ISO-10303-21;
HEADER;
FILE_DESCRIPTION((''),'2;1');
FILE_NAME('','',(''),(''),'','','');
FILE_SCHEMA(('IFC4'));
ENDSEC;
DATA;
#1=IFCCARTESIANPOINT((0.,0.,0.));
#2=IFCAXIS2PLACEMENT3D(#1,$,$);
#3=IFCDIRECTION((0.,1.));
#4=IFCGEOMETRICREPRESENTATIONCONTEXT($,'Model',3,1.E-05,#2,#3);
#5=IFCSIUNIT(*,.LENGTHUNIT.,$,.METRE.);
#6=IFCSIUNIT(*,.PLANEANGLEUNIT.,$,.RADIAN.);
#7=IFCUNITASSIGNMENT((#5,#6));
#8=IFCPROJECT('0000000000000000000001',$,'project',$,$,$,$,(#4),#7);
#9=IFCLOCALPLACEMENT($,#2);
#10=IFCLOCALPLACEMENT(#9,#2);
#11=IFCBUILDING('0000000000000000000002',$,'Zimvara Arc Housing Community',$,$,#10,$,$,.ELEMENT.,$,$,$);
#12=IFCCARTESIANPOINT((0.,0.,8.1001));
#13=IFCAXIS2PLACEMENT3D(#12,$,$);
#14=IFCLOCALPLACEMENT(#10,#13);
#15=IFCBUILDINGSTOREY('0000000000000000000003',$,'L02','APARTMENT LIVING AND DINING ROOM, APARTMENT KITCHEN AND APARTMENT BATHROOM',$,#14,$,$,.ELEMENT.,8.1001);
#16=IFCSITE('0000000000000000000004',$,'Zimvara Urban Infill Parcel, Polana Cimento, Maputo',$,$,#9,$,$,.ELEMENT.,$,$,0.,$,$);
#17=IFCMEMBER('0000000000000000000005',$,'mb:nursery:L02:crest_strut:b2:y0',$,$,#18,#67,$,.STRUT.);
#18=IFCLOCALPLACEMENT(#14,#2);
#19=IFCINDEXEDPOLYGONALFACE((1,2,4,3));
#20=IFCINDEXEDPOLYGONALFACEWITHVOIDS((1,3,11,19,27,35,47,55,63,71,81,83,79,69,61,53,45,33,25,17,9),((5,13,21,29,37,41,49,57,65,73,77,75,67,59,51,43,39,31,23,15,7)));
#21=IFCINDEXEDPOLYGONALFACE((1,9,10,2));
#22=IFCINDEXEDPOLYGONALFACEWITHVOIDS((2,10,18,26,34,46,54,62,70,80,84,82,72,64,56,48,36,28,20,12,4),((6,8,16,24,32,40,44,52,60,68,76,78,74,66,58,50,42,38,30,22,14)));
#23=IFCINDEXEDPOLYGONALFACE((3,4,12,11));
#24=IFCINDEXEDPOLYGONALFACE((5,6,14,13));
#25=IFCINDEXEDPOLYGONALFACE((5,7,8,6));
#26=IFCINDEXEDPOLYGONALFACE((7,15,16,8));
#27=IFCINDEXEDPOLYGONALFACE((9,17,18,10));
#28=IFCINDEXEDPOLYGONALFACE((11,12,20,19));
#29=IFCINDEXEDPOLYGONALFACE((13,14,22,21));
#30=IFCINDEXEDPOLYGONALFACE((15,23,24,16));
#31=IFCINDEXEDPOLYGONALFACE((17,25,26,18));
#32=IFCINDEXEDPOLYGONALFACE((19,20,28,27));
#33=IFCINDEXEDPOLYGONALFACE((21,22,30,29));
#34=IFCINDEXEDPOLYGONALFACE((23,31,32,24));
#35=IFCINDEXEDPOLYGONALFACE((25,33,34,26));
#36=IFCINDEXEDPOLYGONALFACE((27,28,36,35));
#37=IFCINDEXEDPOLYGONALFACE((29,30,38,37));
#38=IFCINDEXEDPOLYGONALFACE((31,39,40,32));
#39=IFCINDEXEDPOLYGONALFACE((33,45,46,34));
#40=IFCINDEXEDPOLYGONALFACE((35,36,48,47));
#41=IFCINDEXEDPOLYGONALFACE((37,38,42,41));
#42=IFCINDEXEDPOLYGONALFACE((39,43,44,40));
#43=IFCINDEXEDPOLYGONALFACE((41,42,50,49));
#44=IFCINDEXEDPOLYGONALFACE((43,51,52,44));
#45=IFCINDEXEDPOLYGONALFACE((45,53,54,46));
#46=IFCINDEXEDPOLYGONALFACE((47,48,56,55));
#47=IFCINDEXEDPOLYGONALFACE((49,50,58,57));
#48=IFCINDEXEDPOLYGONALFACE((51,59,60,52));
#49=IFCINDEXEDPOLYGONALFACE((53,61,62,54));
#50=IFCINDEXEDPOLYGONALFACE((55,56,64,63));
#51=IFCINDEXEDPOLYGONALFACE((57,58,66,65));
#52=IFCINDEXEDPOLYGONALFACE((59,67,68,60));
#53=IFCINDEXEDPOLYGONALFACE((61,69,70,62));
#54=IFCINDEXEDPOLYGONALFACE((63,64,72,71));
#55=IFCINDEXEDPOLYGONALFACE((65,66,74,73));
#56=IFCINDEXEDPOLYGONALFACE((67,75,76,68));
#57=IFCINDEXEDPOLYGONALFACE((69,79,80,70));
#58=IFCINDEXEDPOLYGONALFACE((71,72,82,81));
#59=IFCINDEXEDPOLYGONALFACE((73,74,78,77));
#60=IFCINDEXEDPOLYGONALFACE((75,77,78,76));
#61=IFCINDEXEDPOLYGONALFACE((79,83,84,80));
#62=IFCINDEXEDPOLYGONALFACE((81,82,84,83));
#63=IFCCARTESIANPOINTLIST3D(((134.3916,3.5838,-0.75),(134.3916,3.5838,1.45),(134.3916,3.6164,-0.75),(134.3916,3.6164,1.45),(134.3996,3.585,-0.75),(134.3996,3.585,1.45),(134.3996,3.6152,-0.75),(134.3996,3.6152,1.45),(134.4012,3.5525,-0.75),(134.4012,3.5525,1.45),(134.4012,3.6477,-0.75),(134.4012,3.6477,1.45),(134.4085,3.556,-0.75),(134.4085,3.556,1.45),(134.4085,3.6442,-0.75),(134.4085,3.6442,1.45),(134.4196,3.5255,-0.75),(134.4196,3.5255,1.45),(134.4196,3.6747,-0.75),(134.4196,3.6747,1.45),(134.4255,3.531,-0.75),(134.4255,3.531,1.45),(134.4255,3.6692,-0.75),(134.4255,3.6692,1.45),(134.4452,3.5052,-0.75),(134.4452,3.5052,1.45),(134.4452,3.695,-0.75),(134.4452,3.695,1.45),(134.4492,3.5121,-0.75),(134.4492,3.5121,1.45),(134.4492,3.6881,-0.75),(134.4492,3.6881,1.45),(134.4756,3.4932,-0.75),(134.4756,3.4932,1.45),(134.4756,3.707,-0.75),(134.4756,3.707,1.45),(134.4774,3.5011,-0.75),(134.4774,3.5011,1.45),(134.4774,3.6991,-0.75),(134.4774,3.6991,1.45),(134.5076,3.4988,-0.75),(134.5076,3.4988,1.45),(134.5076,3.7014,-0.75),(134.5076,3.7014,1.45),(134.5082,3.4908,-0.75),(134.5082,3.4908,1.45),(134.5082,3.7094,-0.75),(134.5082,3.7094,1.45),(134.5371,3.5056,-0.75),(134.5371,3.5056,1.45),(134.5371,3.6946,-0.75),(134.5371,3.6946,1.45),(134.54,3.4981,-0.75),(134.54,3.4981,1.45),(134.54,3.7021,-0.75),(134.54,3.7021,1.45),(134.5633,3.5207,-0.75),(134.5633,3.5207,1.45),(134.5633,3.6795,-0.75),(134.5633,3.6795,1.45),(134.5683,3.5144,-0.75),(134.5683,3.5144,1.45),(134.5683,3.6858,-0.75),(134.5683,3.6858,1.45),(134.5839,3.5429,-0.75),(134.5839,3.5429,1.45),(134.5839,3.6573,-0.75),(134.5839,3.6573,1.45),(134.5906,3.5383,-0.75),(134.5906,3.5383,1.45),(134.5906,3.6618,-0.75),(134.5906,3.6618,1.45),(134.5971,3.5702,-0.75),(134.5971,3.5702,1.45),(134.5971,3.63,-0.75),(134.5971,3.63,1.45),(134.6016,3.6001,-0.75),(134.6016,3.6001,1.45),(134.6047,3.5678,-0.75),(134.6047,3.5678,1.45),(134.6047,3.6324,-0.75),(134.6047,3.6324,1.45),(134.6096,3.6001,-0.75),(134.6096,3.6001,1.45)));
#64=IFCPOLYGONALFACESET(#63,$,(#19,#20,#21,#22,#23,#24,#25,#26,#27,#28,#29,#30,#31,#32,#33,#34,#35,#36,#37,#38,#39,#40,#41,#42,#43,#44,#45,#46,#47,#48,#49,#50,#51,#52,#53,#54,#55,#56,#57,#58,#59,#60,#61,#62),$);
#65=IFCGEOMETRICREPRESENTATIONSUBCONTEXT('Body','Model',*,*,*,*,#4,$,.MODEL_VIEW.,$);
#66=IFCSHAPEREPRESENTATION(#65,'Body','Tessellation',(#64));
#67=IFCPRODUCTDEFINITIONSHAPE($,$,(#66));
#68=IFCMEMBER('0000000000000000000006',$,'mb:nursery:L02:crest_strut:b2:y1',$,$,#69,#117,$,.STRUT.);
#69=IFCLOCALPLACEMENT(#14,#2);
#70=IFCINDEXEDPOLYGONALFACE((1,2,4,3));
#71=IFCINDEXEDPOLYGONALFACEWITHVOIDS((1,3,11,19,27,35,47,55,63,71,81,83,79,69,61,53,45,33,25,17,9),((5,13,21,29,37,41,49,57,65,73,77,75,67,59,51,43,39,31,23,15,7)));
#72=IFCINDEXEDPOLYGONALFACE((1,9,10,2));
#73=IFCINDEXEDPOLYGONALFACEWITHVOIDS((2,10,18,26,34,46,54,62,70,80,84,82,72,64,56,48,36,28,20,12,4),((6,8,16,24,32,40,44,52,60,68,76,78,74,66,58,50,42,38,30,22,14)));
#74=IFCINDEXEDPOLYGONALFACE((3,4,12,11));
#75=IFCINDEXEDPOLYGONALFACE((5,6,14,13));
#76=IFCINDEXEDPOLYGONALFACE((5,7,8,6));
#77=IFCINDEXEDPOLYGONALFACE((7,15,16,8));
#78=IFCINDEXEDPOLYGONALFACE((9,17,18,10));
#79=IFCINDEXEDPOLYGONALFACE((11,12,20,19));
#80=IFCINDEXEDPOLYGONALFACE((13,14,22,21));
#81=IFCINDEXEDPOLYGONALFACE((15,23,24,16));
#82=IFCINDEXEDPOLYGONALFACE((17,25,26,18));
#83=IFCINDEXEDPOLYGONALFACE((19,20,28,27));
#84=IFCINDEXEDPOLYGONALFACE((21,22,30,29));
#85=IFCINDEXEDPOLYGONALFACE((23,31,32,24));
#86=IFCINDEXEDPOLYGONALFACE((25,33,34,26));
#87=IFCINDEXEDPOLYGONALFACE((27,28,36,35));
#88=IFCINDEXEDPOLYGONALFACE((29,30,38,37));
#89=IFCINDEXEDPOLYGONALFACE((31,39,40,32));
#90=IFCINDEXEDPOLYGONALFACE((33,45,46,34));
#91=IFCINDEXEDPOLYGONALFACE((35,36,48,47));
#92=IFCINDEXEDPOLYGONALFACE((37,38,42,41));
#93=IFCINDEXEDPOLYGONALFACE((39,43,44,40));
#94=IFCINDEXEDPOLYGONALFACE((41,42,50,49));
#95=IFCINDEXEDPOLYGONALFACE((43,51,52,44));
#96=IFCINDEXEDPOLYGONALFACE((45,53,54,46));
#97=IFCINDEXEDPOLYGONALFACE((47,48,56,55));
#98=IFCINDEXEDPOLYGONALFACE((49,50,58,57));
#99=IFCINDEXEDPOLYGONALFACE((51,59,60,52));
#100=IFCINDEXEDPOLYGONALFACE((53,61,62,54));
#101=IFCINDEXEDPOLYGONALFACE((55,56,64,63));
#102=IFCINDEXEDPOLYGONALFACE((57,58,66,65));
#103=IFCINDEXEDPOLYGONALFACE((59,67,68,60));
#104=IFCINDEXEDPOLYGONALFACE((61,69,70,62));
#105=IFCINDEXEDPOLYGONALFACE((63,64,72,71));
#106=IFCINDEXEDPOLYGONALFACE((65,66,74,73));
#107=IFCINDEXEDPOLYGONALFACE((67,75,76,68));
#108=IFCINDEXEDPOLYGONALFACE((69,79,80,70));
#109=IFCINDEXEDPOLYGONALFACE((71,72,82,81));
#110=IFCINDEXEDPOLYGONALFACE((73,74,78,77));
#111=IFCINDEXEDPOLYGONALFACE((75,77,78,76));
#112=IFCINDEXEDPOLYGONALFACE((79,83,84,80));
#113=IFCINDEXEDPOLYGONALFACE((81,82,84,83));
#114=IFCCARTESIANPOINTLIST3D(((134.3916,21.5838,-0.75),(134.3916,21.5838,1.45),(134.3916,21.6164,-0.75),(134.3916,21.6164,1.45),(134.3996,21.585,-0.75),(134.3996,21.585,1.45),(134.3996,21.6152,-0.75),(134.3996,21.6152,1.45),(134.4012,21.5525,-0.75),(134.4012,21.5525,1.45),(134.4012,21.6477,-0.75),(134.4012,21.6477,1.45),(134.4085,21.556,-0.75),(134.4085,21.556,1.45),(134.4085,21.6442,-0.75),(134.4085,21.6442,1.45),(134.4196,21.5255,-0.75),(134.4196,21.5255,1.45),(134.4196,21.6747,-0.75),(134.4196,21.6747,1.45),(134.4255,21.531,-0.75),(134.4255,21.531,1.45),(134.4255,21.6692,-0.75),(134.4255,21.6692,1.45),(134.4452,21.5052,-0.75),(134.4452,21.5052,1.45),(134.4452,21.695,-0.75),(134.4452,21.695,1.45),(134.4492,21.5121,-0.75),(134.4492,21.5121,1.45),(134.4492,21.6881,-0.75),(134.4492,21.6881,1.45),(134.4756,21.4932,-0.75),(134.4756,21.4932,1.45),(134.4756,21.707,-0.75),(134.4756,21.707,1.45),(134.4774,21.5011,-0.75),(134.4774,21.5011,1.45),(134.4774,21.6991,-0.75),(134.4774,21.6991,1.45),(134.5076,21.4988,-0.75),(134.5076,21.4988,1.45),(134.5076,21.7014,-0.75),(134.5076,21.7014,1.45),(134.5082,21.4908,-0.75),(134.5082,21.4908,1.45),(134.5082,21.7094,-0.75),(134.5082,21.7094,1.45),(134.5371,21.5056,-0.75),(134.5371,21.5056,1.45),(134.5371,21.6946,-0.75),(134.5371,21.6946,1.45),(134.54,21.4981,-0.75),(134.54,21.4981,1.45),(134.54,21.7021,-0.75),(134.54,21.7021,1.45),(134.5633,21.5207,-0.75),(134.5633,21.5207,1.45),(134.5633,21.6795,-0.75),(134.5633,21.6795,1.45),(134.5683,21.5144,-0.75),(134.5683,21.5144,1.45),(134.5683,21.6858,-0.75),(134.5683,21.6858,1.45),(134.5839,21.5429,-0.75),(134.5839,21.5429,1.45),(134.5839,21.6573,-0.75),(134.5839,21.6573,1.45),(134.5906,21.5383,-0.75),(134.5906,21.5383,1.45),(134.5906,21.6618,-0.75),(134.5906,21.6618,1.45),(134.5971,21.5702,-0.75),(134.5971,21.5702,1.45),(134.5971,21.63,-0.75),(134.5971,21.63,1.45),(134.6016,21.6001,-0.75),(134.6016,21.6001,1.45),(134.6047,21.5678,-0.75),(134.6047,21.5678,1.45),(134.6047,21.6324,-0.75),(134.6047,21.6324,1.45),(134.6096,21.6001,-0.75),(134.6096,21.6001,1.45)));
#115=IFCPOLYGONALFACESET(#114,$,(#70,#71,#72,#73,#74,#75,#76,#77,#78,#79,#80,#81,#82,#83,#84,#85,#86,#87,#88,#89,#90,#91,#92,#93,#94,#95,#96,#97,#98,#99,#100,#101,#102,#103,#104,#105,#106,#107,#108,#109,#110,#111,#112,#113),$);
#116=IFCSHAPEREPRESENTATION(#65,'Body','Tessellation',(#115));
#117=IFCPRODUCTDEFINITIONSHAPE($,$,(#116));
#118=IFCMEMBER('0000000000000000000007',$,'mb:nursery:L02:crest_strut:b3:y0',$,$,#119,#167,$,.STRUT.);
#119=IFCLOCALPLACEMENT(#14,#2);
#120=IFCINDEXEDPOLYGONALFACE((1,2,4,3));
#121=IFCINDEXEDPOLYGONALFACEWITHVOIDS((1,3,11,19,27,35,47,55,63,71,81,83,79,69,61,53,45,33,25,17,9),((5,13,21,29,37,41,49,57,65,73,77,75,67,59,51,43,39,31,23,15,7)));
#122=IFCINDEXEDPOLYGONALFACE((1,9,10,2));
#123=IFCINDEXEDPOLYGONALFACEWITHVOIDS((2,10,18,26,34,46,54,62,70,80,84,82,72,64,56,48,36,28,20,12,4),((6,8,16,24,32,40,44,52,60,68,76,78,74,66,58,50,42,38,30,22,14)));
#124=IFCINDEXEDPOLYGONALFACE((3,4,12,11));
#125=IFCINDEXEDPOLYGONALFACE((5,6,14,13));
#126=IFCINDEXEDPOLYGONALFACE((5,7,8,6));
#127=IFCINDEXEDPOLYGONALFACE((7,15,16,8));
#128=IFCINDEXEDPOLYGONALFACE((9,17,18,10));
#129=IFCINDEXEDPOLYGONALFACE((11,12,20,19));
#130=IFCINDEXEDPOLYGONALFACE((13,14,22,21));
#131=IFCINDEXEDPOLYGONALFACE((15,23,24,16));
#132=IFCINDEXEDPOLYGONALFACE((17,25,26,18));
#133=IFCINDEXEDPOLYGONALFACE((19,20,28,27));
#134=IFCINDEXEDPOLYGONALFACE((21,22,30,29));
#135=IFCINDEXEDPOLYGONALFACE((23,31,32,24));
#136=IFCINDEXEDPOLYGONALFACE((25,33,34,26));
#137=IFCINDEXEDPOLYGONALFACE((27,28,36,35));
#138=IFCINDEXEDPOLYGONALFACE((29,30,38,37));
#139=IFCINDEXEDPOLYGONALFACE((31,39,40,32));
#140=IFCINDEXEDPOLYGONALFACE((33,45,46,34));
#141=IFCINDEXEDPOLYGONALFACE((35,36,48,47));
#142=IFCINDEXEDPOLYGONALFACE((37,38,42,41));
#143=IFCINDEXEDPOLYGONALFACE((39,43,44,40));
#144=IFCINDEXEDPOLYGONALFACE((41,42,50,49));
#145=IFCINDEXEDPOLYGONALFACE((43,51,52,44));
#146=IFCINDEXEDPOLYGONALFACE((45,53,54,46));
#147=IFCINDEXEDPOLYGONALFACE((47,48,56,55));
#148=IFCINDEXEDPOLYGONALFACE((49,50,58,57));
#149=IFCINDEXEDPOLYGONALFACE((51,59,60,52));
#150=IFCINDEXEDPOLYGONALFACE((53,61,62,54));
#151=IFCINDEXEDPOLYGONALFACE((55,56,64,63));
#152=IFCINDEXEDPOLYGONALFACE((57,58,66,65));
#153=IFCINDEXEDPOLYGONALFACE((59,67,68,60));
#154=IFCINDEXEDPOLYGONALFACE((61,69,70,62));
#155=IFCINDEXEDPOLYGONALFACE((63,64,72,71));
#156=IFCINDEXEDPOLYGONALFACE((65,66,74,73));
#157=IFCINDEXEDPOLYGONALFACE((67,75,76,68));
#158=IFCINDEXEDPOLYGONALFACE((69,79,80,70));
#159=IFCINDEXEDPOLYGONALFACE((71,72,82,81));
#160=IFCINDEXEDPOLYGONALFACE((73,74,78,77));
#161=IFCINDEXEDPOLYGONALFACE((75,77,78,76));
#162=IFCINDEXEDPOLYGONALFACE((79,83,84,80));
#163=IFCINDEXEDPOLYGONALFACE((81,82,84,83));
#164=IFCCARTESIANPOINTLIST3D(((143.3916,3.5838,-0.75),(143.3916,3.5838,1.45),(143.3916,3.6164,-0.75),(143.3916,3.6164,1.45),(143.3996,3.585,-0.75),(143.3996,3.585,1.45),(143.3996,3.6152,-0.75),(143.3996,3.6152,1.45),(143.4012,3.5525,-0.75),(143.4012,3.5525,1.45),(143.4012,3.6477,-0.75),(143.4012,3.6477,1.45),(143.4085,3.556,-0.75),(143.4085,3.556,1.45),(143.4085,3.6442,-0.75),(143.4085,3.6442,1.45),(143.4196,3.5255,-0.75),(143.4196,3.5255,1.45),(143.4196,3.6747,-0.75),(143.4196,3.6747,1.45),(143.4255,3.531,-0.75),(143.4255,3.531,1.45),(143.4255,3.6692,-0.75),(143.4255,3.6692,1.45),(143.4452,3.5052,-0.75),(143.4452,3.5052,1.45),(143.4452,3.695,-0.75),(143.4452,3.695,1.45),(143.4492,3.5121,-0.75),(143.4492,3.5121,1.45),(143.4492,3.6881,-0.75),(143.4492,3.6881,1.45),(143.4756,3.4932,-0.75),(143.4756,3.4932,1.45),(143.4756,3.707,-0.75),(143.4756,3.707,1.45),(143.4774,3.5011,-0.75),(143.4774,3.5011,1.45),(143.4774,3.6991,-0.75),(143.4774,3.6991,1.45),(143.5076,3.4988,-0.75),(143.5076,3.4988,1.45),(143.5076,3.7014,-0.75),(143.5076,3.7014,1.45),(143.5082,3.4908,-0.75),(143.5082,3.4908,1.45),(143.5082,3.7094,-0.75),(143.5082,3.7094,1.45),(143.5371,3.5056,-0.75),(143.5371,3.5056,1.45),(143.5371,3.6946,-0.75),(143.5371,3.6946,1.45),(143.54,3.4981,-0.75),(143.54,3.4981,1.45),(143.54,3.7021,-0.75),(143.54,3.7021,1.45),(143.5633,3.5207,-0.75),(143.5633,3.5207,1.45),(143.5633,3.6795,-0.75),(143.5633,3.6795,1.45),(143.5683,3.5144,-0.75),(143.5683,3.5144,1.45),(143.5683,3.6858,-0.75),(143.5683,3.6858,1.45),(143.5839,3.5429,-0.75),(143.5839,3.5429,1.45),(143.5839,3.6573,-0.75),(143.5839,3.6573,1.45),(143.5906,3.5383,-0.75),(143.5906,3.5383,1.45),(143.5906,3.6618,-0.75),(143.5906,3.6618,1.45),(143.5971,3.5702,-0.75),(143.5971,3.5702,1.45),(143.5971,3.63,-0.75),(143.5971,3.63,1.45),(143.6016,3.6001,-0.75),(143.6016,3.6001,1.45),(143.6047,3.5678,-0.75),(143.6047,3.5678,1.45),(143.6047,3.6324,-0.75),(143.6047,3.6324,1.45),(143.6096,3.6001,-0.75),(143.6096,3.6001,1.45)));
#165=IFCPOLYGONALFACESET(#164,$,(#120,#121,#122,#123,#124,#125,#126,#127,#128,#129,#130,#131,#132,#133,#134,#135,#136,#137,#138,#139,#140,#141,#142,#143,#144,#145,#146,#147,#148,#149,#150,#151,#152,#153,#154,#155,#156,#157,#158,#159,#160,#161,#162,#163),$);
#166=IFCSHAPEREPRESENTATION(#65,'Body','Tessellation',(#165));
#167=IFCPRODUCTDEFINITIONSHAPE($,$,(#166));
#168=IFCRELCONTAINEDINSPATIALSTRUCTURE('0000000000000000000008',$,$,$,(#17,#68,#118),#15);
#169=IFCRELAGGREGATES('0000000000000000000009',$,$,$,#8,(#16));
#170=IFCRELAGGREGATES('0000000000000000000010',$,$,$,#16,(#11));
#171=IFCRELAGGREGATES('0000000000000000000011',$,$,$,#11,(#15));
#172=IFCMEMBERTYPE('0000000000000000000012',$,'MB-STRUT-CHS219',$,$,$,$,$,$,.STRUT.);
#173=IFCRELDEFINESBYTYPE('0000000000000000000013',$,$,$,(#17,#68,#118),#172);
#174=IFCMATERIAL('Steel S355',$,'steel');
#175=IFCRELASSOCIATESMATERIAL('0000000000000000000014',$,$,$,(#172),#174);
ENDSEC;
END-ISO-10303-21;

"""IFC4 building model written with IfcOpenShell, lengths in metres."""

from ifc_helpers import new_model, si_unit, direction, frame, origin, origin_2d, place, context, subcontext, project, spatial, hollow_circle, extrude, material, material_profile, profile_set, type_object, element, save


model = new_model("IFC4")

# Units and contexts
model_context = context("Model", 3, precision=1e-05, world=origin(), true_north=direction((0.0, 1.0)))
body_context = subcontext(model_context, "Body", "Model", "MODEL_VIEW")
ifc_project = project(units=[si_unit("LENGTHUNIT", "METRE"), si_unit("PLANEANGLEUNIT", "RADIAN")], contexts=[model_context])

# Site, building, storey
site_placement = place(None, origin())
site = spatial("IfcSite", under=ifc_project, at=site_placement, Name="Zimvara Urban Infill Parcel, Polana Cimento, Maputo", CompositionType="ELEMENT", RefElevation=0.0)
building_placement = place(site_placement, origin())
building = spatial("IfcBuilding", under=site, at=building_placement, Name="Zimvara Arc Housing Community", CompositionType="ELEMENT")
storey_placement = place(building_placement, frame((0.0, 0.0, 8.1001)))
storey = spatial("IfcBuildingStorey", under=building, at=storey_placement, Name="L02", Description="APARTMENT LIVING AND DINING ROOM, APARTMENT KITCHEN AND APARTMENT BATHROOM", CompositionType="ELEMENT", Elevation=8.1001)

# Members
ifc_material_1 = material(Name="Steel S355", Category="steel")
ifc_material_profile_1 = material_profile(ifc_material_1, hollow_circle(Radius=0.1096, WallThickness=0.0081, at=origin_2d()), Name="CHS 219.1x8.0")
ifc_profile_set_1 = profile_set([ifc_material_profile_1], Name="Steel S355")
member_type_1 = type_object("IfcMemberType", Name="MB-STRUT-CHS219", PredefinedType="STRUT", material=ifc_profile_set_1)
for number, where, z_axis, x_axis, name in (
    (1, (134.5, 3.6001, -0.75), (0.0, 0.0, 1.0), (1.0, 0.0, 0.0), "mb:nursery:L02:crest_strut:b2:y0"),
    (2, (134.5, 21.6001, -0.75), (0.0, 0.0, 1.0), (1.0, 0.0, 0.0), "mb:nursery:L02:crest_strut:b2:y1"),
    (3, (143.5, 3.6001, -0.75), (0.0, 0.0, 1.0), (1.0, 0.0, 0.0), "mb:nursery:L02:crest_strut:b3:y0"),
):
    element("IfcMember", number, at=place(storey_placement, frame(where, z_axis=z_axis, x_axis=x_axis)), inside=storey, type_object=member_type_1, Name=name, PredefinedType="STRUT", context=body_context, shape_type="SweptSolid", body=[
        extrude(hollow_circle(Radius=0.1096, WallThickness=0.0081, at=origin_2d()), origin(), (0.0, 0.0, 1.0), 2.2),
    ])

save(model, "model.ifc")
